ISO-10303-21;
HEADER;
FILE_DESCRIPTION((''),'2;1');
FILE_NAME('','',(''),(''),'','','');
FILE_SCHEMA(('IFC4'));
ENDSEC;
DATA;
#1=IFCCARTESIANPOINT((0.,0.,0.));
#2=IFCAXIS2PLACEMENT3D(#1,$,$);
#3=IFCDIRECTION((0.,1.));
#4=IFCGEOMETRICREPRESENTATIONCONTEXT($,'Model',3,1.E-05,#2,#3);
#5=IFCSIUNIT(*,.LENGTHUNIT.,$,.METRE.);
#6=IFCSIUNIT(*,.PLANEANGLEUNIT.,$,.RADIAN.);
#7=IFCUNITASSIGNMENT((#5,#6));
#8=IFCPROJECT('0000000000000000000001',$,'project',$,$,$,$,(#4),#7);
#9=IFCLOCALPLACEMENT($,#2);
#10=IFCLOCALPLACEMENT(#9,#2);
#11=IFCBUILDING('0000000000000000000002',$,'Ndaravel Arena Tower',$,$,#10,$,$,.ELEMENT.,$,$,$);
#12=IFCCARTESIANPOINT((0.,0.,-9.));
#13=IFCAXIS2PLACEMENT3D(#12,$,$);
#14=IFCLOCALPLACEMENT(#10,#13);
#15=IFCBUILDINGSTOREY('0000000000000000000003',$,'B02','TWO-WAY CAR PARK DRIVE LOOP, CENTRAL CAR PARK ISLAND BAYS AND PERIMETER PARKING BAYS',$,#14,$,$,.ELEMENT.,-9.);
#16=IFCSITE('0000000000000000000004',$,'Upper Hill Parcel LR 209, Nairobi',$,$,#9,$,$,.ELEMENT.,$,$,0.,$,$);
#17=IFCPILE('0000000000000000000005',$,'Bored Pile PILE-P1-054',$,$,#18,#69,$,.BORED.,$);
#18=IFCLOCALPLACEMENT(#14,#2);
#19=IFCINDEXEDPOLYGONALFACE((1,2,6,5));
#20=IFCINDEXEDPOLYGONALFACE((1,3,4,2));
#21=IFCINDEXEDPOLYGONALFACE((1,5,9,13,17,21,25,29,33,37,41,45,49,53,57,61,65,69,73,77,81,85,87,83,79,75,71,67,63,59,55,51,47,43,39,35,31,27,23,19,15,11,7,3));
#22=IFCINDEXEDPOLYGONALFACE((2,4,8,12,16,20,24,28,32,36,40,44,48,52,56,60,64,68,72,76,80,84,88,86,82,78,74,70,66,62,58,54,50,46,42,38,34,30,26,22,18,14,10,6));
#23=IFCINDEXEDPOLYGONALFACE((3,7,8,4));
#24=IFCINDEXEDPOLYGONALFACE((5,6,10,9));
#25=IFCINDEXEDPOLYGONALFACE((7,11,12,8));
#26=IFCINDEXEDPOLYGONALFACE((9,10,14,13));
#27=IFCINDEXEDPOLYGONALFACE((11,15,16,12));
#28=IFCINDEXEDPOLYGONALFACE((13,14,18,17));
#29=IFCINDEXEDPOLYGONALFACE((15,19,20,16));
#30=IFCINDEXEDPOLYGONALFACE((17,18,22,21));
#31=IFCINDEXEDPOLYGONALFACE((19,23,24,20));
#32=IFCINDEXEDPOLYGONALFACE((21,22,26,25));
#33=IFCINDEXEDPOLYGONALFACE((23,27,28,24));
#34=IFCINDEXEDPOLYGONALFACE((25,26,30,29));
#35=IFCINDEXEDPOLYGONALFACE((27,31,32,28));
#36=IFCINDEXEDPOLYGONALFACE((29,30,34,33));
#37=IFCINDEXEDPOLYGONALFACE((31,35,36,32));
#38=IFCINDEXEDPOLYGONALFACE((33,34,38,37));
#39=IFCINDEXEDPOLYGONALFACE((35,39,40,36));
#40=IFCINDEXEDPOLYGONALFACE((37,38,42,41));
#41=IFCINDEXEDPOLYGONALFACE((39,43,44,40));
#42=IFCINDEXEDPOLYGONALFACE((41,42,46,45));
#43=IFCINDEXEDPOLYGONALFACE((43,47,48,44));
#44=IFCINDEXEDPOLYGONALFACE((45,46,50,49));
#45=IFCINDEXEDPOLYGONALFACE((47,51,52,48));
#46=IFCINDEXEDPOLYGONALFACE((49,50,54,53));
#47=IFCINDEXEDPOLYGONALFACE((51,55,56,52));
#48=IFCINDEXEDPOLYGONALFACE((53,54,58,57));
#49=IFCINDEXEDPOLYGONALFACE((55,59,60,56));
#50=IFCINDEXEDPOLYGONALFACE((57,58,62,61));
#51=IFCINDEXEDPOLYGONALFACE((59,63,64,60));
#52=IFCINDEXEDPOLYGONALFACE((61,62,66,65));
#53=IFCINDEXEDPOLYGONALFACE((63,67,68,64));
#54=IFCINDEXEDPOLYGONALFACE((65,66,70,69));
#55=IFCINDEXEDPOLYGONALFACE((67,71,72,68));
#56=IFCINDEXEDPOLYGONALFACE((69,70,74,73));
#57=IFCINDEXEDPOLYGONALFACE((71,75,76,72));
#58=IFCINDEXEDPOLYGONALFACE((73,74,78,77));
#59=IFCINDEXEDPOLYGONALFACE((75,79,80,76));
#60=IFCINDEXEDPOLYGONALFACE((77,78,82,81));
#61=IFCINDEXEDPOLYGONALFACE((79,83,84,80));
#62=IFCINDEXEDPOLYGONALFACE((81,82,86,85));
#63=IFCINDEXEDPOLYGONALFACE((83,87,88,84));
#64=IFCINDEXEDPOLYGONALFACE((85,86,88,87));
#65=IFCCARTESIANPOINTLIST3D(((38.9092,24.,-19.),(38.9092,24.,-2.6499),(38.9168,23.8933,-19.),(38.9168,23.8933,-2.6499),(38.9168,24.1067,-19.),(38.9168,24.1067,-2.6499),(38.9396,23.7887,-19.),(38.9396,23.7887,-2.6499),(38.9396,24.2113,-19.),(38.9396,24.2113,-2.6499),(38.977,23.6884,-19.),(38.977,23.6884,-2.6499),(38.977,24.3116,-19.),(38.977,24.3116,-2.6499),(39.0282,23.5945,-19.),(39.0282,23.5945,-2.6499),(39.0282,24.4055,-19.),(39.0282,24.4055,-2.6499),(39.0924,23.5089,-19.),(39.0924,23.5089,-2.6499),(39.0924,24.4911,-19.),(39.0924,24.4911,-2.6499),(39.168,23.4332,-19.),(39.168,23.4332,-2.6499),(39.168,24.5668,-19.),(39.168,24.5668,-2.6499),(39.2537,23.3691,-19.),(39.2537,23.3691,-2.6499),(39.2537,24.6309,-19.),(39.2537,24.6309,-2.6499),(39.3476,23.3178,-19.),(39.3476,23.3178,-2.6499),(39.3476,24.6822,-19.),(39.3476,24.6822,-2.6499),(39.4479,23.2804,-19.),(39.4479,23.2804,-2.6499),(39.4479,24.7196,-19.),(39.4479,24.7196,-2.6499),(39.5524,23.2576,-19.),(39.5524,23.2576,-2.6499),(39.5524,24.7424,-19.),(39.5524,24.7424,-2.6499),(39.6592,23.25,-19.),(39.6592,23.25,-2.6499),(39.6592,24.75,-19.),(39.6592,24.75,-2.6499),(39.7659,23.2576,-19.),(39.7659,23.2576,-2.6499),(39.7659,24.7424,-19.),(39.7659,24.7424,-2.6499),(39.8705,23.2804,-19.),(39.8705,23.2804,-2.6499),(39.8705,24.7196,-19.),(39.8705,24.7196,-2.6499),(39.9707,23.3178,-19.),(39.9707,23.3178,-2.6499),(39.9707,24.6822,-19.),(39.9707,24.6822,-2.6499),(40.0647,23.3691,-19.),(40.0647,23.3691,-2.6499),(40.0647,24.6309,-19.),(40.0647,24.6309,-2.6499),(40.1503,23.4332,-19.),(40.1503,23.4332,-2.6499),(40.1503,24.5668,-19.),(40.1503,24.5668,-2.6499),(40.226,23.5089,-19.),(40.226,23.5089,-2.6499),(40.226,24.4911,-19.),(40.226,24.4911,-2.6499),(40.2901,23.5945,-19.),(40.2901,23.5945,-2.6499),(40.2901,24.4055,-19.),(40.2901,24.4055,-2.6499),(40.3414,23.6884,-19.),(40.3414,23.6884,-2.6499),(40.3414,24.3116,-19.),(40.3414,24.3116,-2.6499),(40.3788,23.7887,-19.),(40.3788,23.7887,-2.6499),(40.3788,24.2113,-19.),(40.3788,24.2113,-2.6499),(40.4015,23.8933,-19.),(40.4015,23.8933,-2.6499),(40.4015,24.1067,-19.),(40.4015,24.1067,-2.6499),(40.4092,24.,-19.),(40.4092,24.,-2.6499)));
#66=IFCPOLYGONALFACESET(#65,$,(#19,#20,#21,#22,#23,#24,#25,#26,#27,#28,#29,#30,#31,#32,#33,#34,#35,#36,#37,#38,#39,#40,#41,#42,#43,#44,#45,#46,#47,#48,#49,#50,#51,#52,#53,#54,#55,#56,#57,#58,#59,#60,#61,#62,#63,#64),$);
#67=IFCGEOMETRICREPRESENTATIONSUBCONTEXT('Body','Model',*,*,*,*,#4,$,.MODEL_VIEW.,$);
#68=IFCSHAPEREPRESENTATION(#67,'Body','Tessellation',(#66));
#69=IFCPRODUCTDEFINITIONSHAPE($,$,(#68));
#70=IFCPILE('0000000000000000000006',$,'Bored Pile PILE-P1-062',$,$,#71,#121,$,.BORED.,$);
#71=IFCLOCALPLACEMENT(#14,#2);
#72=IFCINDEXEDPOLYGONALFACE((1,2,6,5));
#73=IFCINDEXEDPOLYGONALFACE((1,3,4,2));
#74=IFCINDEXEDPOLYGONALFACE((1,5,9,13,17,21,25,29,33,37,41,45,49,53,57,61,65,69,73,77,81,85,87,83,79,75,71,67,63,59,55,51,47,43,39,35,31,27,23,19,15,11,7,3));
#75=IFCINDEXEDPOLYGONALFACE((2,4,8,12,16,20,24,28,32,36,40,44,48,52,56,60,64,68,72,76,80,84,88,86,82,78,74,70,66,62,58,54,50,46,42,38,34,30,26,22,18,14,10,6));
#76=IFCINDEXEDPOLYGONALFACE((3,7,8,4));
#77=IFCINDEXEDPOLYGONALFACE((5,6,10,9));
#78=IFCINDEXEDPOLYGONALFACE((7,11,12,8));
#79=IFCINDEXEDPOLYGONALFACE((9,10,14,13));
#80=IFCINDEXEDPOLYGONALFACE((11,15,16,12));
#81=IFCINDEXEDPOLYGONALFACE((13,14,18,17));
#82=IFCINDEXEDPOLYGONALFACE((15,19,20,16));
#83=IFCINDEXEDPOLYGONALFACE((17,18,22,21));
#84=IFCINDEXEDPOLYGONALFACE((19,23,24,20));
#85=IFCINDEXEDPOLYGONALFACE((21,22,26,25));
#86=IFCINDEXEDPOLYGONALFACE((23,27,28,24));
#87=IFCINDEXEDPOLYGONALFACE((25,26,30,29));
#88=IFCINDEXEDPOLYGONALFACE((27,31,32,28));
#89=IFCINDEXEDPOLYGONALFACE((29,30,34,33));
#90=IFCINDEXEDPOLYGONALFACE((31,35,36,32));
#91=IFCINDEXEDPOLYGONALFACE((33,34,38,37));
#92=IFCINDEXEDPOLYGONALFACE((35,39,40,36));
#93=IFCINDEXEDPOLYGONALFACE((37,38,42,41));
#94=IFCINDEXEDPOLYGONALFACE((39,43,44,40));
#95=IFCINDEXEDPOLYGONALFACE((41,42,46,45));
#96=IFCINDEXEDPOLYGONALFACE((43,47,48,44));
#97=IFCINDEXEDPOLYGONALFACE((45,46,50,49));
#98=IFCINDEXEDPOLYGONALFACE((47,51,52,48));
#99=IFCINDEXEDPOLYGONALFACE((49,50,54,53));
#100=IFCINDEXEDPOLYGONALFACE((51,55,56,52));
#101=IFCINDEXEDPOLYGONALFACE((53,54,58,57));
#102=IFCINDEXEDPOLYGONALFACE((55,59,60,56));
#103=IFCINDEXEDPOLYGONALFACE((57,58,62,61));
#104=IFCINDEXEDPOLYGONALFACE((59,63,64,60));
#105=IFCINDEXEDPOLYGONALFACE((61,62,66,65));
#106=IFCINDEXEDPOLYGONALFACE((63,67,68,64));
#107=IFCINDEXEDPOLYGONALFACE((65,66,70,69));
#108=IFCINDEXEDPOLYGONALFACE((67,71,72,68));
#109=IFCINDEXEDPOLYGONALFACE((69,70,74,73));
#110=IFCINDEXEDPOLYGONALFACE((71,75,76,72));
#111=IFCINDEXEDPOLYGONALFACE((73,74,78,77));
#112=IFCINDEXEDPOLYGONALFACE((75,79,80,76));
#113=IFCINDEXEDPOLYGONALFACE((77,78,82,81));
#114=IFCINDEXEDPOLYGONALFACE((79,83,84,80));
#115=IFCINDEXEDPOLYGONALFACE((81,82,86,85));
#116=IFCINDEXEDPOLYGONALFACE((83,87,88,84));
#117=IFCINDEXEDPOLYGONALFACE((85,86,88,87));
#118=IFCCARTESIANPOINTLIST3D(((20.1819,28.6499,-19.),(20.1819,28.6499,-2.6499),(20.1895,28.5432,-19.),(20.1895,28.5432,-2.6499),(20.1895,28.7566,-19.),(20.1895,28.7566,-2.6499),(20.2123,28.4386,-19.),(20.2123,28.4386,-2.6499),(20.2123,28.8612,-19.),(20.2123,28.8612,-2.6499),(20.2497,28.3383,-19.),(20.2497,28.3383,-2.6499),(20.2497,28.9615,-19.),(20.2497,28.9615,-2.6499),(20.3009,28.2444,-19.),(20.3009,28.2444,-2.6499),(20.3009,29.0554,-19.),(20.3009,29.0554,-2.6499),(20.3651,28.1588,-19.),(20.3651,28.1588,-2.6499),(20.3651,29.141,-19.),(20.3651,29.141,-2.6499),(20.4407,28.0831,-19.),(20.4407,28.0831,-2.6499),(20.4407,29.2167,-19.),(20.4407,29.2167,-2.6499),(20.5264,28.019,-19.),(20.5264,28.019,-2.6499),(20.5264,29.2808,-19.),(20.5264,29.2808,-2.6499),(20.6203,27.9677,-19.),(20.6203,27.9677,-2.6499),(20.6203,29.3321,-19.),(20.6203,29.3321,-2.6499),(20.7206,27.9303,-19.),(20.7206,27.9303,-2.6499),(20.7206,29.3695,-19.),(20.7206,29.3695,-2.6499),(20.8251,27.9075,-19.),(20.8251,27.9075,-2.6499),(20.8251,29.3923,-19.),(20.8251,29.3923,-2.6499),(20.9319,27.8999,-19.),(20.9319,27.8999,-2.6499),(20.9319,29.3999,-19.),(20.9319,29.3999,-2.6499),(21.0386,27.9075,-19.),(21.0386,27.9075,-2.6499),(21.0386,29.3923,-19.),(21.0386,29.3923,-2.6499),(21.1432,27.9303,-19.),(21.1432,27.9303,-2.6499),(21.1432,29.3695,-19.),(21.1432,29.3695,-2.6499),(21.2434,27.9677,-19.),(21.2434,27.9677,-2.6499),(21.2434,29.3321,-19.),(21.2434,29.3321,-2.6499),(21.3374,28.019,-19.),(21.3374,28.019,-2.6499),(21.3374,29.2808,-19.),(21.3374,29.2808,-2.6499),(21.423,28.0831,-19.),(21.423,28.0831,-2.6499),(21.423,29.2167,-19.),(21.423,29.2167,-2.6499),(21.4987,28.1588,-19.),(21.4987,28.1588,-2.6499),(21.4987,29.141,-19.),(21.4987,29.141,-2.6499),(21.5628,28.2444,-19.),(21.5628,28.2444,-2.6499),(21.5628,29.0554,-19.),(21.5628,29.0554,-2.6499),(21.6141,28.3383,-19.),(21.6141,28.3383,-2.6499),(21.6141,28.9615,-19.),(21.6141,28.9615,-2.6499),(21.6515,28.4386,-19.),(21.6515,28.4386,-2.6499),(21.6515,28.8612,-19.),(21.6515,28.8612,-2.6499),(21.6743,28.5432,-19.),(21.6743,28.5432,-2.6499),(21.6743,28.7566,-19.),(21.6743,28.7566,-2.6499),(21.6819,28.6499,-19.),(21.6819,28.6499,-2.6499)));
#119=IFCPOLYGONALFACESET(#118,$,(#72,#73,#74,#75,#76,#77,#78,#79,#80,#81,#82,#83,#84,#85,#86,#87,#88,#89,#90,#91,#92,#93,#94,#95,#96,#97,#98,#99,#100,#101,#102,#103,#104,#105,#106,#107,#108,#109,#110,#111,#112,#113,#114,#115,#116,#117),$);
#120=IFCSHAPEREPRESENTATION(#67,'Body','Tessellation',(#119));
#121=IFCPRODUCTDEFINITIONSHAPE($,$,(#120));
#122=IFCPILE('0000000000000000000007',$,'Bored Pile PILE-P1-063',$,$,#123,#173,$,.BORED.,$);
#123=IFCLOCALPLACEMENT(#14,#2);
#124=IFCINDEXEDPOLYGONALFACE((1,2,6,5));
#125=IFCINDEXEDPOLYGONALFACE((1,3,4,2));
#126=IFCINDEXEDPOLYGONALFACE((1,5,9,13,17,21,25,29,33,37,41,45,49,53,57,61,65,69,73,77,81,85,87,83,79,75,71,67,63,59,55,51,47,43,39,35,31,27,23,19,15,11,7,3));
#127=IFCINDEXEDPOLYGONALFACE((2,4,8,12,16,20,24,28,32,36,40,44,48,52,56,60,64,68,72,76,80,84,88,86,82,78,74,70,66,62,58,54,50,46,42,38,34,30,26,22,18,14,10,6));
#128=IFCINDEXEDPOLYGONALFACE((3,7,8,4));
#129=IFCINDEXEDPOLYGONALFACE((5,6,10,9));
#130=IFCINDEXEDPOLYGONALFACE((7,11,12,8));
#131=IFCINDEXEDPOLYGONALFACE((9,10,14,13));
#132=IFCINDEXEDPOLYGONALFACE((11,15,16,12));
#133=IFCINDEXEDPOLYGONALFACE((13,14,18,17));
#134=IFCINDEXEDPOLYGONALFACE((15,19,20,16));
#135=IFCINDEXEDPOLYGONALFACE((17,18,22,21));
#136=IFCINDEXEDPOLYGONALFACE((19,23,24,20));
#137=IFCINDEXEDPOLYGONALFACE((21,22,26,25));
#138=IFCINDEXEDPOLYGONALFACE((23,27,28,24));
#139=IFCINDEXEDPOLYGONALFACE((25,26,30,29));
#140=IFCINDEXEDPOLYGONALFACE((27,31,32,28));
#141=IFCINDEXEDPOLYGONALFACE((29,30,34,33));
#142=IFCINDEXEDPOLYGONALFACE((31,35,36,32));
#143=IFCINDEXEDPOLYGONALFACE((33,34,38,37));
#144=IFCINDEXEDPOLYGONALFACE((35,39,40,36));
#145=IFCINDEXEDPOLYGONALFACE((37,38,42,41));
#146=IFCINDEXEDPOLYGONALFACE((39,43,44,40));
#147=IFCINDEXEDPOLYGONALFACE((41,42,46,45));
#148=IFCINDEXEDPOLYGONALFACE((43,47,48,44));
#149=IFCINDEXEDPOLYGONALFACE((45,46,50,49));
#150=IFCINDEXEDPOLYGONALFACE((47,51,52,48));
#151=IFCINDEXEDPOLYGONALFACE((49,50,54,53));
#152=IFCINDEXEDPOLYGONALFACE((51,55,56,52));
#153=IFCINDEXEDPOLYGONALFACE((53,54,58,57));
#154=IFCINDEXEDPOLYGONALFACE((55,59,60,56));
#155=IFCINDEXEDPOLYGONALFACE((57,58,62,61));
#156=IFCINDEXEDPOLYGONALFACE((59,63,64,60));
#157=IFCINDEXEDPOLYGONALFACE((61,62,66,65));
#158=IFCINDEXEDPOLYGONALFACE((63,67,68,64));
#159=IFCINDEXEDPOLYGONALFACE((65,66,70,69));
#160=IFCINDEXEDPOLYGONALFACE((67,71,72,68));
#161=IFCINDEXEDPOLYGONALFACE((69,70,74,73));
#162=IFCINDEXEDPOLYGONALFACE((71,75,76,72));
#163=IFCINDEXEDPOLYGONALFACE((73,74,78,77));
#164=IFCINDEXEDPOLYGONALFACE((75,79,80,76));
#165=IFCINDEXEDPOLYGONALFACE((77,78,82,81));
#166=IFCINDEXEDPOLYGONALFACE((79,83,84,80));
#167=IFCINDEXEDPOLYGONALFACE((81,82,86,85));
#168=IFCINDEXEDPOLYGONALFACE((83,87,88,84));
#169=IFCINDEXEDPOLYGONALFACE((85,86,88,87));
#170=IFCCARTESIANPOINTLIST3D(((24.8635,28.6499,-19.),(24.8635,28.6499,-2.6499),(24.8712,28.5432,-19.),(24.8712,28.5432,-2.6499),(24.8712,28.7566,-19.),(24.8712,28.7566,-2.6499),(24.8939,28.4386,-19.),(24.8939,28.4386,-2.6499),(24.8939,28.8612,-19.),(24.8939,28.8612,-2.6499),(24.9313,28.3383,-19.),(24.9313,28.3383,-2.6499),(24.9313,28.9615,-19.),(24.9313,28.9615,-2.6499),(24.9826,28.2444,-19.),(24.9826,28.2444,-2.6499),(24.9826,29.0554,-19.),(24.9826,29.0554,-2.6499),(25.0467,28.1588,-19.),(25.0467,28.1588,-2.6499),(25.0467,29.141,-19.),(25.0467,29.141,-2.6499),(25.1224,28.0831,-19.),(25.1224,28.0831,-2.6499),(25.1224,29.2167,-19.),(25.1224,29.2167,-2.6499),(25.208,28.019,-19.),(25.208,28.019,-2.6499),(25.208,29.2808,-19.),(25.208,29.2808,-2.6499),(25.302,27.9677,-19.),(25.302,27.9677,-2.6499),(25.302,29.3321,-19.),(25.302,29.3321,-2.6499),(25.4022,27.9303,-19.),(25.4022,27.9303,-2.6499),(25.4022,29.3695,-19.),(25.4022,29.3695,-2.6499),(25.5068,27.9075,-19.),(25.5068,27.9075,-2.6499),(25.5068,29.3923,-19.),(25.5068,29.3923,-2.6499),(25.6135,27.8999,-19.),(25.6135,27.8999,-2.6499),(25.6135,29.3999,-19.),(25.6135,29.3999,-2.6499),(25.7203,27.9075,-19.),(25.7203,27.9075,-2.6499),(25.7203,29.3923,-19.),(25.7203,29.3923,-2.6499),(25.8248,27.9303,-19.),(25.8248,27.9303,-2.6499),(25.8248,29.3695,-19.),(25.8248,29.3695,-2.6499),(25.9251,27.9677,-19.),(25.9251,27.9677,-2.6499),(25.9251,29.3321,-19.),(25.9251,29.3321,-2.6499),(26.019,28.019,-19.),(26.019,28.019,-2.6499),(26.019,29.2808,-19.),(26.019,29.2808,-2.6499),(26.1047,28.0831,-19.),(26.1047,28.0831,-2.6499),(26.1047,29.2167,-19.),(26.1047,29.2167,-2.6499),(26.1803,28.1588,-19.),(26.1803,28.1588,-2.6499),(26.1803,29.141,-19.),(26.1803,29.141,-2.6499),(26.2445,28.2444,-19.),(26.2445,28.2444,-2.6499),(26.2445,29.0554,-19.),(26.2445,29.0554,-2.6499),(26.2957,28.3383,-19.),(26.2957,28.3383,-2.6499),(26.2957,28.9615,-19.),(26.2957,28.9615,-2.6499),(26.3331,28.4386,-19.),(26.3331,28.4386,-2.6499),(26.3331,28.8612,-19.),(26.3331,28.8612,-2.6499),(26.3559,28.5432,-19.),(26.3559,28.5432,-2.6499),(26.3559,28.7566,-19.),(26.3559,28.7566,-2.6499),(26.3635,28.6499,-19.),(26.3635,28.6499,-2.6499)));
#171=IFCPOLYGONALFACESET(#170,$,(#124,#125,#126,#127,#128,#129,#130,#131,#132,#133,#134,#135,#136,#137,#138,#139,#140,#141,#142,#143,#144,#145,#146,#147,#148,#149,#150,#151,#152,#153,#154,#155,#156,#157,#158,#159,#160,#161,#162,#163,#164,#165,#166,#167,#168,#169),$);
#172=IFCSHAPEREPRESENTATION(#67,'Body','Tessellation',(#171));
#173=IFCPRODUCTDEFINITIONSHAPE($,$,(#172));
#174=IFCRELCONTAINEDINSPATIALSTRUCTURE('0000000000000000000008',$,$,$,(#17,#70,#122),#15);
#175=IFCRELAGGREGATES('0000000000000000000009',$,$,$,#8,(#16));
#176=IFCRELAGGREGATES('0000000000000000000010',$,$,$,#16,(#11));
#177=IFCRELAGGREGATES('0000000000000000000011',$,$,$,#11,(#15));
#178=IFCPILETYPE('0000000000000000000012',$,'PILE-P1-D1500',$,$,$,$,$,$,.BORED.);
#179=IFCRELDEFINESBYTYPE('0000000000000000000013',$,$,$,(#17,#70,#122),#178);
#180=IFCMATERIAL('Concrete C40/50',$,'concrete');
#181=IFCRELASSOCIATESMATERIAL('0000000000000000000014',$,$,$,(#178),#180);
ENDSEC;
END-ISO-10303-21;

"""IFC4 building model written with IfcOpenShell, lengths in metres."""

from ifc_helpers import new_model, si_unit, direction, frame, origin, origin_2d, place, context, subcontext, project, spatial, circle, extrude, material, material_profile, profile_set, type_object, element, save


model = new_model("IFC4")

# Units and contexts
model_context = context("Model", 3, precision=1e-05, world=origin(), true_north=direction((0.0, 1.0)))
body_context = subcontext(model_context, "Body", "Model", "MODEL_VIEW")
ifc_project = project(units=[si_unit("LENGTHUNIT", "METRE"), si_unit("PLANEANGLEUNIT", "RADIAN")], contexts=[model_context])

# Site, building, storey
site_placement = place(None, origin())
site = spatial("IfcSite", under=ifc_project, at=site_placement, Name="Upper Hill Parcel LR 209, Nairobi", CompositionType="ELEMENT", RefElevation=0.0)
building_placement = place(site_placement, origin())
building = spatial("IfcBuilding", under=site, at=building_placement, Name="Ndaravel Arena Tower", CompositionType="ELEMENT")
storey_placement = place(building_placement, frame((0.0, 0.0, -9.0)))
storey = spatial("IfcBuildingStorey", under=building, at=storey_placement, Name="B02", Description="TWO-WAY CAR PARK DRIVE LOOP, CENTRAL CAR PARK ISLAND BAYS AND PERIMETER PARKING BAYS", CompositionType="ELEMENT", Elevation=-9.0)

# Piles
ifc_material_1 = material(Name="Concrete C40/50", Category="concrete")
ifc_material_profile_1 = material_profile(ifc_material_1, circle(Radius=0.75, at=origin_2d()), Name="BORED PILE D1500")
ifc_profile_set_1 = profile_set([ifc_material_profile_1], Name="Concrete C40/50")
pile_type = type_object("IfcPileType", Name="PILE-P1-D1500", PredefinedType="BORED", material=ifc_profile_set_1)
for number, where, z_axis, x_axis, name in (
    (1, (39.6592, 24.0, -2.6499), (0.0, 0.0, -1.0), (1.0, 0.0, 0.0), "Bored Pile PILE-P1-054"),
    (2, (20.9319, 28.6499, -2.6499), (0.0, 0.0, -1.0), (1.0, 0.0, 0.0), "Bored Pile PILE-P1-062"),
    (3, (25.6135, 28.6499, -2.6499), (0.0, 0.0, -1.0), (1.0, 0.0, 0.0), "Bored Pile PILE-P1-063"),
):
    element("IfcPile", number, at=place(storey_placement, frame(where, z_axis=z_axis, x_axis=x_axis)), inside=storey, type_object=pile_type, Name=name, PredefinedType="BORED", context=body_context, shape_type="SweptSolid", body=[
        extrude(circle(Radius=0.75, at=origin_2d()), origin(), (0.0, 0.0, 1.0), 16.3501),
    ])

save(model, "model.ifc")
